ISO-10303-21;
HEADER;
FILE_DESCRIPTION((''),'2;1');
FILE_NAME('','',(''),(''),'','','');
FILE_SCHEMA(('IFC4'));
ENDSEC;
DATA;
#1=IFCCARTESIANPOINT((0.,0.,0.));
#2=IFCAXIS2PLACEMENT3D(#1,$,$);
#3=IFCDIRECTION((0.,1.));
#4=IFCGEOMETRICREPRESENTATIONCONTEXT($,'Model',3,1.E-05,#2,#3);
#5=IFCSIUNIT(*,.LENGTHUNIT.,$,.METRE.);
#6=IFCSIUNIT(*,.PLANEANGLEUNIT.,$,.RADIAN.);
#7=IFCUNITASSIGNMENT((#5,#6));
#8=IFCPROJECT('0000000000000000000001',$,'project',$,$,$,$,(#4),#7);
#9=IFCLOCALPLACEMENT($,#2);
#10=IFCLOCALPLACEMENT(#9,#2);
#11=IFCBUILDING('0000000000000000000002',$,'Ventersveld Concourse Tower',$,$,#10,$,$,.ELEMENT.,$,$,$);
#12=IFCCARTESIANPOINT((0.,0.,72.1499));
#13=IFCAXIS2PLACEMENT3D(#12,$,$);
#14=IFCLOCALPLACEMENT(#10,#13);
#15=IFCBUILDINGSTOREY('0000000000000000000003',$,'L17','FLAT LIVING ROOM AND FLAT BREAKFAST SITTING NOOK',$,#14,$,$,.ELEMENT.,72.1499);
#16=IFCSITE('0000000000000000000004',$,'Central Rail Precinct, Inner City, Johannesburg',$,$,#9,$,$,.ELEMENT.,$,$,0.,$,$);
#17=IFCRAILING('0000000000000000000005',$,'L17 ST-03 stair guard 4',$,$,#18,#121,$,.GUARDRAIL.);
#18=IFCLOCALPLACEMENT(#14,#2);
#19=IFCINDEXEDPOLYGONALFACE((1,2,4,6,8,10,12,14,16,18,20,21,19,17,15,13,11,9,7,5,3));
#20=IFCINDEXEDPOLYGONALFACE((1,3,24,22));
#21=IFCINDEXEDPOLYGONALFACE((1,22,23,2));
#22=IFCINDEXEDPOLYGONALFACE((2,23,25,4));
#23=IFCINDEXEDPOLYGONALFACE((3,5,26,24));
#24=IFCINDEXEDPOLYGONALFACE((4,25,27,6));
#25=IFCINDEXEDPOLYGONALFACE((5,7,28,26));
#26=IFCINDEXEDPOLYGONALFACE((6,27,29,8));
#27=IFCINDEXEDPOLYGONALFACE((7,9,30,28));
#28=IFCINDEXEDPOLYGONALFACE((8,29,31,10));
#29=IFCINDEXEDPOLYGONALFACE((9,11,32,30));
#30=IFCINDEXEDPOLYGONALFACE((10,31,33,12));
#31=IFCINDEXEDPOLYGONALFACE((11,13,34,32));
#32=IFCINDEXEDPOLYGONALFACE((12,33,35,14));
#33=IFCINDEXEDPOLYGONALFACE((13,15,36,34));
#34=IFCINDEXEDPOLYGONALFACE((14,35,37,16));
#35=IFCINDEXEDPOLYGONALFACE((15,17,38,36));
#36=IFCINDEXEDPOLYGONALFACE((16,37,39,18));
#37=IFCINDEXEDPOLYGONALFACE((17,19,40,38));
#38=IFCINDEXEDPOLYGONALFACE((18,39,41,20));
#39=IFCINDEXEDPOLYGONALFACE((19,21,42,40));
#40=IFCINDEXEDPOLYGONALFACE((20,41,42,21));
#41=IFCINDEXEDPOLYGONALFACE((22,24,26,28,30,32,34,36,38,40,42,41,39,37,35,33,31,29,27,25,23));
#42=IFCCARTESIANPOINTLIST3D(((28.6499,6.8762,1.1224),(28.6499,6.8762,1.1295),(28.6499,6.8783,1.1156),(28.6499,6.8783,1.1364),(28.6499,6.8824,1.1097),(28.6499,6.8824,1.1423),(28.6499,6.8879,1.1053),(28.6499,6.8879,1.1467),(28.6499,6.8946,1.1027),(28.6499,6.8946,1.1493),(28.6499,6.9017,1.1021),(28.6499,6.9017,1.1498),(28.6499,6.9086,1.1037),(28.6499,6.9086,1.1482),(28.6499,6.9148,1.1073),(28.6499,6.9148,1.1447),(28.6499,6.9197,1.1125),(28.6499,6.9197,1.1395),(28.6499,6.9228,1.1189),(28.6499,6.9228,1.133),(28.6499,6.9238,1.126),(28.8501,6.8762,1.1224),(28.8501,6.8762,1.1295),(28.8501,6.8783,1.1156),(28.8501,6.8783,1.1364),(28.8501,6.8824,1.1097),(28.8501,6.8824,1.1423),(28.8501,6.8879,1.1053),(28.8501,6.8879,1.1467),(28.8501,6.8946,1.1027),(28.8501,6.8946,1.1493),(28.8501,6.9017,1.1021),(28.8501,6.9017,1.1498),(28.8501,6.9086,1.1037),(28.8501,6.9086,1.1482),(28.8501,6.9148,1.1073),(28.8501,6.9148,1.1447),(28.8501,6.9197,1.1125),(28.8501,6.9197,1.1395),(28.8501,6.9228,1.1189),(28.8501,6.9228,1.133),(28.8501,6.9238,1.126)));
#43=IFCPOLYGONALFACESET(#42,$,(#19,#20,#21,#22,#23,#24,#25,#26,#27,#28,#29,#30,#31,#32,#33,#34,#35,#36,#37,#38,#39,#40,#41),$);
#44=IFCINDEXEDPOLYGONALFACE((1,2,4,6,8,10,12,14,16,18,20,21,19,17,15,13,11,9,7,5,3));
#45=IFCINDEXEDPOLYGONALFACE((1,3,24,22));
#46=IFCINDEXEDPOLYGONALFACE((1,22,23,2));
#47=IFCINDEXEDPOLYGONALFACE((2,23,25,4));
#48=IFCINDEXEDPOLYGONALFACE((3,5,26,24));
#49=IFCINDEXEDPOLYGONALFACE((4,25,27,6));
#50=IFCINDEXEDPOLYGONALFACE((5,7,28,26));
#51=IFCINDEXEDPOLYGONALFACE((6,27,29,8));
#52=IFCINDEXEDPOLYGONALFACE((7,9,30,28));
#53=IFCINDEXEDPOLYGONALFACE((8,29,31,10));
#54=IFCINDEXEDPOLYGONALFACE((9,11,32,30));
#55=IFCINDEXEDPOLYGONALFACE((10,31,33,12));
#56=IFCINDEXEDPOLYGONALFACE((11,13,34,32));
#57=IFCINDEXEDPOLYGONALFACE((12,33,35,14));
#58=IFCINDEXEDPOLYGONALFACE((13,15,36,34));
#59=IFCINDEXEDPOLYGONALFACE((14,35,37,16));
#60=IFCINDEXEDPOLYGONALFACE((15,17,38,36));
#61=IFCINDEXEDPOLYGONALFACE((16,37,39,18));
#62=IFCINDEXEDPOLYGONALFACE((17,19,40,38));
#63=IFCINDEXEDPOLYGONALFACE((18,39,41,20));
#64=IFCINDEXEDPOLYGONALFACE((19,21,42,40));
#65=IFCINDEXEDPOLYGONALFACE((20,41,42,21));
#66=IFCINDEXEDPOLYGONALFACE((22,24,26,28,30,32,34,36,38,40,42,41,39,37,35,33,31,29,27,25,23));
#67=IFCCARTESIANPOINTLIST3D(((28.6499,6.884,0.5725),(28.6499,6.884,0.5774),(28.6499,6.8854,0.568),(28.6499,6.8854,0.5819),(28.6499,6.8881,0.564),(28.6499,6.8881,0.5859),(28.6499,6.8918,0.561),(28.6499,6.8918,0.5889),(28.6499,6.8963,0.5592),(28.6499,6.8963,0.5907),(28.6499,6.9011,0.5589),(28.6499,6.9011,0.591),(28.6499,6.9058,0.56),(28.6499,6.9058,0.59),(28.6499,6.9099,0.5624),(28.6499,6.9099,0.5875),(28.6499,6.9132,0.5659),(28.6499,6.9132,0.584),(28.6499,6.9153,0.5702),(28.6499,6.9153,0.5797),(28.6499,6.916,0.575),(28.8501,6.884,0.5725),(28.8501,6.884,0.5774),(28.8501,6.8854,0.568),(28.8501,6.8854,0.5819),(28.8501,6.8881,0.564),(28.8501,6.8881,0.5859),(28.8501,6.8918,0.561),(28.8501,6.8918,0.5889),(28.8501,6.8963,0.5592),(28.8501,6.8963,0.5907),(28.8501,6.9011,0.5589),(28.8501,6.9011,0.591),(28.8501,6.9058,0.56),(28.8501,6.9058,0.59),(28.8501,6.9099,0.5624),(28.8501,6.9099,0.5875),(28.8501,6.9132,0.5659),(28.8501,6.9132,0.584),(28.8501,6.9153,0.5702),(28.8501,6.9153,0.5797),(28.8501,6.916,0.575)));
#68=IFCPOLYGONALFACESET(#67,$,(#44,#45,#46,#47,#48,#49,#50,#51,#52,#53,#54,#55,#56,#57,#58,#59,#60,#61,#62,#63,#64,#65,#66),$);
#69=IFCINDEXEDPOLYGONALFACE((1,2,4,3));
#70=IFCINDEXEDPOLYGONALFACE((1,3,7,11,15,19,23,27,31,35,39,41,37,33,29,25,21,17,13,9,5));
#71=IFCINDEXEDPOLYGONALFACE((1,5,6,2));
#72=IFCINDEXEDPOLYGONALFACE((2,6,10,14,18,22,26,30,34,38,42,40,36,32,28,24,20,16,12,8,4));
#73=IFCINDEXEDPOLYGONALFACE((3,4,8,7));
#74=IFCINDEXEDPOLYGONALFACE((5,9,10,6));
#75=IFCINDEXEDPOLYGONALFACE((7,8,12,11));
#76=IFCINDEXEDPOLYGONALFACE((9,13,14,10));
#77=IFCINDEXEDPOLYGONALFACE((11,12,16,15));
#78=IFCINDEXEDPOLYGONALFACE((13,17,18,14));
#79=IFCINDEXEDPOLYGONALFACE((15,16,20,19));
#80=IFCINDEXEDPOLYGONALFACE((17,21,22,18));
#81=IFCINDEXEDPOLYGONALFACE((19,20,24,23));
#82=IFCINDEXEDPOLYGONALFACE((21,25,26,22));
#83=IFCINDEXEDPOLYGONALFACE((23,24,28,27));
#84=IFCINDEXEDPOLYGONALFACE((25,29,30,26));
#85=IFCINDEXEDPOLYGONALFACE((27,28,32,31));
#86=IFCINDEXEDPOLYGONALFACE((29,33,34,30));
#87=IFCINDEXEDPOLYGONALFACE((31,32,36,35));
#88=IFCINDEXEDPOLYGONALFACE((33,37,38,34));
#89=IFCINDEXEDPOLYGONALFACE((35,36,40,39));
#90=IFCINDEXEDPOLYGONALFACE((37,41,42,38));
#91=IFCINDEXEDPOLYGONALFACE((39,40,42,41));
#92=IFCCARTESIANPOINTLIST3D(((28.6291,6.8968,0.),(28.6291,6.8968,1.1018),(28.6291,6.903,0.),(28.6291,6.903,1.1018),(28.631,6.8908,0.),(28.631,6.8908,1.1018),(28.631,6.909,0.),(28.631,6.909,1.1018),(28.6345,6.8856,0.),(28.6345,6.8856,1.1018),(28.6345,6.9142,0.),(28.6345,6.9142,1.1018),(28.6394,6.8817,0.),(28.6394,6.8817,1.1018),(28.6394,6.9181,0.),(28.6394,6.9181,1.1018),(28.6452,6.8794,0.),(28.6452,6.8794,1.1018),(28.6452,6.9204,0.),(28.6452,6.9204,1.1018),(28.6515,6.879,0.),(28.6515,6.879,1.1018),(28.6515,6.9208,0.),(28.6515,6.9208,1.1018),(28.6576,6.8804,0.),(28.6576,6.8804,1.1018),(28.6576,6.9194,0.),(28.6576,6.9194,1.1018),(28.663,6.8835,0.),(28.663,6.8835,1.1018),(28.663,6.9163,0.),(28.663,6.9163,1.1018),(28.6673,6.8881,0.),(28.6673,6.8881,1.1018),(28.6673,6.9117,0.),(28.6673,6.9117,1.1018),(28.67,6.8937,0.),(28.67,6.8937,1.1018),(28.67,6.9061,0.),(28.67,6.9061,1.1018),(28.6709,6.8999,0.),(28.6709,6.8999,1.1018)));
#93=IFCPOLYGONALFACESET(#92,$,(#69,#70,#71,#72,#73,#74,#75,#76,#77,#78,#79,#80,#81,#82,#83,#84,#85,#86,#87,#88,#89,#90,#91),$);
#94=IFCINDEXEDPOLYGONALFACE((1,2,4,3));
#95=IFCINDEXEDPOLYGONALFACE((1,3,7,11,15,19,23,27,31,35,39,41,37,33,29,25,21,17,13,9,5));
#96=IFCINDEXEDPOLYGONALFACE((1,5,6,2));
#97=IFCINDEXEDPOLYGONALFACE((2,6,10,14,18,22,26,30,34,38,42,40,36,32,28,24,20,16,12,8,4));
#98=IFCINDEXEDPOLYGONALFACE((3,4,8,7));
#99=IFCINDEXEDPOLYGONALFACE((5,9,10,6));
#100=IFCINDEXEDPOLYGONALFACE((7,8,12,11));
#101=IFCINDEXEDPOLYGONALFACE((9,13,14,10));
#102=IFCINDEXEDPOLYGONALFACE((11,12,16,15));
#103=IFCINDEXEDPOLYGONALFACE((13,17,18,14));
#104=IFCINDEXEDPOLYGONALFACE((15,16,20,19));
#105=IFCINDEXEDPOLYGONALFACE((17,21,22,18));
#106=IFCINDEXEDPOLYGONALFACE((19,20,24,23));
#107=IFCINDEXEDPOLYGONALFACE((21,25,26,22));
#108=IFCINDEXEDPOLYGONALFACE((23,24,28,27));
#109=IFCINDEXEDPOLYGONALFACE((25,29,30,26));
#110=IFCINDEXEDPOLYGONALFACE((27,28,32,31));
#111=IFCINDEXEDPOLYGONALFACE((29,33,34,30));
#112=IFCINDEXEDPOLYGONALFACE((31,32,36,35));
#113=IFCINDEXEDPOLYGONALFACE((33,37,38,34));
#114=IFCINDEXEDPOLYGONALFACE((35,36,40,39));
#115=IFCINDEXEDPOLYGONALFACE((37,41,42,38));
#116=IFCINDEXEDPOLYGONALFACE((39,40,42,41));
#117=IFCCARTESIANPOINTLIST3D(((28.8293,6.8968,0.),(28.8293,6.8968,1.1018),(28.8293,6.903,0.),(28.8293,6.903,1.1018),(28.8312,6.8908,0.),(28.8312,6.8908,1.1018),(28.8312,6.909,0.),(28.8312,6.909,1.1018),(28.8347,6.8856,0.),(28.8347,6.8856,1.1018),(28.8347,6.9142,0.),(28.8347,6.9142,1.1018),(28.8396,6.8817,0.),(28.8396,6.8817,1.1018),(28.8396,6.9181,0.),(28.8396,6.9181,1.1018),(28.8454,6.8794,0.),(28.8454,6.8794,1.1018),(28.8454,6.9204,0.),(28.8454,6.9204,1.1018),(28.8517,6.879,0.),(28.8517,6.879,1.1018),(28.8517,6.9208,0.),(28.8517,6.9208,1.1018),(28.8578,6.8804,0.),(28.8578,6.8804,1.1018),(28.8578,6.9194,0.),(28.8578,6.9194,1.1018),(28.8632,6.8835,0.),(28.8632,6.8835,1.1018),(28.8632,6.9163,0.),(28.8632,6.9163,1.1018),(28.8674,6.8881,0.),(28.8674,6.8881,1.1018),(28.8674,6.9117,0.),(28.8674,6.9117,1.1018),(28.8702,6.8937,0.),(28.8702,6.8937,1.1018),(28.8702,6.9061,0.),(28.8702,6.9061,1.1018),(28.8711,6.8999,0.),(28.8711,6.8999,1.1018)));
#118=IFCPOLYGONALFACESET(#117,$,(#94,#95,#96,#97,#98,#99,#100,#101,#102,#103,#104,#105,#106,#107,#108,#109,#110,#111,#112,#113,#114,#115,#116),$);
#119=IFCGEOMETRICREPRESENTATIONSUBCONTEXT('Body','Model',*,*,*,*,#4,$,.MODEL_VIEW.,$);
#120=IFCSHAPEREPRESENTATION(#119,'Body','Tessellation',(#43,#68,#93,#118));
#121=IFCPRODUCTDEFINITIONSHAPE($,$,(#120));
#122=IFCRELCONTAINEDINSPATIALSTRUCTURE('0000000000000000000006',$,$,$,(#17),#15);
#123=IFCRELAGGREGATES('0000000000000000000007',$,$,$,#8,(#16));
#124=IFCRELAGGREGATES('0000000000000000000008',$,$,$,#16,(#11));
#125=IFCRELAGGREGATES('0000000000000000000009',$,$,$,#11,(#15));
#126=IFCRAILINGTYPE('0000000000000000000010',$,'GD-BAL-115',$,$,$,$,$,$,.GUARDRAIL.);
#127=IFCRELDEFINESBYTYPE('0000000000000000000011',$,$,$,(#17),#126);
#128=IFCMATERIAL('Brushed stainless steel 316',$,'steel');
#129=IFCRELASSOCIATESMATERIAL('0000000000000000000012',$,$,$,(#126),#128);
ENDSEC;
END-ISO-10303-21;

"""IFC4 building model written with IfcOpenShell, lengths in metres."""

from ifc_helpers import new_model, si_unit, direction, frame, origin, origin_2d, place, context, subcontext, project, spatial, circle, extrude, material, type_object, element, save


model = new_model("IFC4")

# Units and contexts
model_context = context("Model", 3, precision=1e-05, world=origin(), true_north=direction((0.0, 1.0)))
body_context = subcontext(model_context, "Body", "Model", "MODEL_VIEW")
ifc_project = project(units=[si_unit("LENGTHUNIT", "METRE"), si_unit("PLANEANGLEUNIT", "RADIAN")], contexts=[model_context])

# Site, building, storey
site_placement = place(None, origin())
site = spatial("IfcSite", under=ifc_project, at=site_placement, Name="Central Rail Precinct, Inner City, Johannesburg", CompositionType="ELEMENT", RefElevation=0.0)
building_placement = place(site_placement, origin())
building = spatial("IfcBuilding", under=site, at=building_placement, Name="Ventersveld Concourse Tower", CompositionType="ELEMENT")
storey_placement = place(building_placement, frame((0.0, 0.0, 72.1499)))
storey = spatial("IfcBuildingStorey", under=building, at=storey_placement, Name="L17", Description="FLAT LIVING ROOM AND FLAT BREAKFAST SITTING NOOK", CompositionType="ELEMENT", Elevation=72.1499)

# Shared definitions
ifc_material_1 = material(Name="Brushed stainless steel 316", Category="steel")

# Railing
railing_type_1 = type_object("IfcRailingType", Name="GD-BAL-115", PredefinedType="GUARDRAIL", material=ifc_material_1)
railing_1_placement = place(storey_placement, frame((28.6499, 6.8999, 0.0)))
element("IfcRailing", 1, at=railing_1_placement, inside=storey, type_object=railing_type_1, Name="L17 ST-03 stair guard 4", PredefinedType="GUARDRAIL", context=body_context, shape_type="SweptSolid", body=[
    extrude(circle(Radius=0.0239, at=origin_2d()), frame((0.0, 0.0, 1.126), z_axis=(1.0, 0.0, 0.0), x_axis=(0.0, 1.0, 0.0)), (0.0, 0.0, 1.0), 0.2002),
    extrude(circle(Radius=0.0161, at=origin_2d()), frame((0.0, 0.0, 0.575), z_axis=(1.0, 0.0, 0.0), x_axis=(0.0, 1.0, 0.0)), (0.0, 0.0, 1.0), 0.2002),
    extrude(circle(Radius=0.021, at=origin_2d()), origin(), (0.0, 0.0, 1.0), 1.1018),
    extrude(circle(Radius=0.021, at=origin_2d()), frame((0.2002, 0.0, 0.0)), (0.0, 0.0, 1.0), 1.1018),
])

save(model, "model.ifc")
